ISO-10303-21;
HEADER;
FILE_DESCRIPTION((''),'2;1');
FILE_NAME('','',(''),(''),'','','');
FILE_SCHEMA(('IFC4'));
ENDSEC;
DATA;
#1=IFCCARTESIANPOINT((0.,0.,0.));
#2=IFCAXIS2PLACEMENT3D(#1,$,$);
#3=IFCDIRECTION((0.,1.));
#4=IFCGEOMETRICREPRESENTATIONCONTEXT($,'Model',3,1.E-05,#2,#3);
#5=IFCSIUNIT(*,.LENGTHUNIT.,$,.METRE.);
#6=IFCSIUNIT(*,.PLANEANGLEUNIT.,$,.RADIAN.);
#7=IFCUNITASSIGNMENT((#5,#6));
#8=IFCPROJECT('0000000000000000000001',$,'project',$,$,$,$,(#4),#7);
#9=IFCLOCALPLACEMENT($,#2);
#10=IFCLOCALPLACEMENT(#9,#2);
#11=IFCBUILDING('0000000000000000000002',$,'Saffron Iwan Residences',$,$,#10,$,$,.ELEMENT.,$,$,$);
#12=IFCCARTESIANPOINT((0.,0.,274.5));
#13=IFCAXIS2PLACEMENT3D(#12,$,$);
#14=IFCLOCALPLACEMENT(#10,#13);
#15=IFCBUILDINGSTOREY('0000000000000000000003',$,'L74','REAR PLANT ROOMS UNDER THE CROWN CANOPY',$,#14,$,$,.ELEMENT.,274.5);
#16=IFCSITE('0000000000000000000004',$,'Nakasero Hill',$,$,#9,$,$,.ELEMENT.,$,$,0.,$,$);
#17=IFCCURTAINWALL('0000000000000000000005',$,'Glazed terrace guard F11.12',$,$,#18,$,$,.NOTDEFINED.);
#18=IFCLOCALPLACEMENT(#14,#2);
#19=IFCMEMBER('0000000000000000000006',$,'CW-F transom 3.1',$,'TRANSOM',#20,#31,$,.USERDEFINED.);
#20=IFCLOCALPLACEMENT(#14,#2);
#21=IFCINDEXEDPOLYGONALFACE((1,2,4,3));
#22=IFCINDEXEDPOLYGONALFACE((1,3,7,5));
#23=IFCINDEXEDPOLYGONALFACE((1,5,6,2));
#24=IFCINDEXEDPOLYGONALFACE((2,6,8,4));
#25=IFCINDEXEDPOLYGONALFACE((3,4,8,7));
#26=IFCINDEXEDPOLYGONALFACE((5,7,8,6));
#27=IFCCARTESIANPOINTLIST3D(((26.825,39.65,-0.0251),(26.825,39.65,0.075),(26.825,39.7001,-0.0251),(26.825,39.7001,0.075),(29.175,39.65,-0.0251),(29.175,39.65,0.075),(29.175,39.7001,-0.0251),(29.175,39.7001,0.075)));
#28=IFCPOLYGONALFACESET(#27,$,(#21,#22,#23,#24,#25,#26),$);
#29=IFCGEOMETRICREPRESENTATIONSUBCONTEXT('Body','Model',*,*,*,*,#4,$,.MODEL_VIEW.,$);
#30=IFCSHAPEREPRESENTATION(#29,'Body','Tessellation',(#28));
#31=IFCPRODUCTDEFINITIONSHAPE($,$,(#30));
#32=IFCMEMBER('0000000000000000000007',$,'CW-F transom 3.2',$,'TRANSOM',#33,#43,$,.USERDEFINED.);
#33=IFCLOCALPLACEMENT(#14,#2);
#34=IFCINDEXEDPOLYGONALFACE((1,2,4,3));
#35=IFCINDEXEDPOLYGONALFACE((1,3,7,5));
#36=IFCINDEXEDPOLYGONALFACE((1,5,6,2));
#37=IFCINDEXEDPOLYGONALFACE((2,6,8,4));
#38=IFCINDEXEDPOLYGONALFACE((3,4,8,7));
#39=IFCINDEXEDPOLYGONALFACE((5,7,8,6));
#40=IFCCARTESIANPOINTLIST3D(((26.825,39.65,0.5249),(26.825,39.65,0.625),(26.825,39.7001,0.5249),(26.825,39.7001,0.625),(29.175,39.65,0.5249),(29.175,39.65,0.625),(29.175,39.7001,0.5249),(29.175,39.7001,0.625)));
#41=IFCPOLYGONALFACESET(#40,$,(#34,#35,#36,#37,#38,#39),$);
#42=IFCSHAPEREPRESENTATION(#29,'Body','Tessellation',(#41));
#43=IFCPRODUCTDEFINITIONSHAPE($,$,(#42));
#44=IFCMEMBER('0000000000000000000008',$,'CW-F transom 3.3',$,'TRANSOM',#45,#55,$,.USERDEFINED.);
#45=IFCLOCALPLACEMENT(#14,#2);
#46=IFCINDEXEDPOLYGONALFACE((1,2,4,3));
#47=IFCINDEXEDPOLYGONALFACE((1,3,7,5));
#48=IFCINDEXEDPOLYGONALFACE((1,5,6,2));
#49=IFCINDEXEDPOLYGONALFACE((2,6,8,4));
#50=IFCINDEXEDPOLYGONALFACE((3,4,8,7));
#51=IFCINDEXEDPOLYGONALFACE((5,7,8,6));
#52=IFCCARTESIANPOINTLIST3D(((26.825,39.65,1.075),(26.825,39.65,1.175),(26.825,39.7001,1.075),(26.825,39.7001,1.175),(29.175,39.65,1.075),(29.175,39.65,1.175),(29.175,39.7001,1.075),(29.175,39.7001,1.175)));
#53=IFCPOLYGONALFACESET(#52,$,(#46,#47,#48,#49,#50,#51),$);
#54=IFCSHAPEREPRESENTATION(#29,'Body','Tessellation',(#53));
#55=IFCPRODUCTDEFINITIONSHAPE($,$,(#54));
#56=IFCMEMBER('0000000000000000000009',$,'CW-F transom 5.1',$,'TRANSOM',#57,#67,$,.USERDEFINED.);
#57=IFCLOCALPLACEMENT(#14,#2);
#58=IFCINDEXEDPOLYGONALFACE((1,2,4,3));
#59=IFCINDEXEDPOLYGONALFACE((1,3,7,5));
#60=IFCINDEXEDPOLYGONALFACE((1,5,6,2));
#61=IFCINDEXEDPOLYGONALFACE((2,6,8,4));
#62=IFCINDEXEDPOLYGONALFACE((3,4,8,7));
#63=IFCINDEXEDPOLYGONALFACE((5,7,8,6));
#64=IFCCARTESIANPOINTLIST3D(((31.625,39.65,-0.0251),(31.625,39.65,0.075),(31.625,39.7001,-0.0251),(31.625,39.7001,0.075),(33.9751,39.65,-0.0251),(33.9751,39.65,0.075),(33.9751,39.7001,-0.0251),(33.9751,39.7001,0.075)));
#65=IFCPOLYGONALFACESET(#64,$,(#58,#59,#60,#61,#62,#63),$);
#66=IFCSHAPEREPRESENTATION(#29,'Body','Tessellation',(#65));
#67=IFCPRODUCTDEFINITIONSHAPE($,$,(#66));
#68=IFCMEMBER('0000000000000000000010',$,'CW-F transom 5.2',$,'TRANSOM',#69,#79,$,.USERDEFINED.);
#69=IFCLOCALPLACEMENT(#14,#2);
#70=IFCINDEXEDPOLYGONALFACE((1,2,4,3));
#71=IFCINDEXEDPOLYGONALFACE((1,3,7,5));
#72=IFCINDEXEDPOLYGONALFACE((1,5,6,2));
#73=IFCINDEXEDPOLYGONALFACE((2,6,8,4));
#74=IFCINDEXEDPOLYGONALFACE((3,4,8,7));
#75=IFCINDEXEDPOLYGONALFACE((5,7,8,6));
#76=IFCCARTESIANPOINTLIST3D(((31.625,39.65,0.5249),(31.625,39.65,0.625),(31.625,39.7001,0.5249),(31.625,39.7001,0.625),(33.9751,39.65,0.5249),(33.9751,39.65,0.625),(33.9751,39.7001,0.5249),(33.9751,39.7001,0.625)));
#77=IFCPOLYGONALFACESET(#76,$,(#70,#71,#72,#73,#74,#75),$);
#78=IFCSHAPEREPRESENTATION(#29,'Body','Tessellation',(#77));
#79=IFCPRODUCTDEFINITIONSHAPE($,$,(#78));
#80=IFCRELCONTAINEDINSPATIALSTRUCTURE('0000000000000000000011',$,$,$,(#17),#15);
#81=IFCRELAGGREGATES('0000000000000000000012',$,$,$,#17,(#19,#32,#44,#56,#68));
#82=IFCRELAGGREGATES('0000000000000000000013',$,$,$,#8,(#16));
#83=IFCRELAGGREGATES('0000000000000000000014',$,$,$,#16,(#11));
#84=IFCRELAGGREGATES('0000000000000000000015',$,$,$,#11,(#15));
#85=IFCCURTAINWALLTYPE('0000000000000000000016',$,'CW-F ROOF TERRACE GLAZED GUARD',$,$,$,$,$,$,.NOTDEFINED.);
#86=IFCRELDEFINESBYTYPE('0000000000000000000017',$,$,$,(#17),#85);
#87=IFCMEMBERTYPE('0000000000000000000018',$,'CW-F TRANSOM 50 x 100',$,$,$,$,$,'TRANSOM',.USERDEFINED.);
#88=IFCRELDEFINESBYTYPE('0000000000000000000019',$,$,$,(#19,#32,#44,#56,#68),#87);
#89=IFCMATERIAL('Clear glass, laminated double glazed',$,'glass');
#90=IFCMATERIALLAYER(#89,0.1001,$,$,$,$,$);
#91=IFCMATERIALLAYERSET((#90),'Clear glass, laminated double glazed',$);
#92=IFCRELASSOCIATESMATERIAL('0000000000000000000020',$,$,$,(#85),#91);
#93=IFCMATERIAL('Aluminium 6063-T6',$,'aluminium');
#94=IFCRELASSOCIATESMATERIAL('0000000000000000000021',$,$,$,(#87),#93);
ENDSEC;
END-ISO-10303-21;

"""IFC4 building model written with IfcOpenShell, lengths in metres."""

from ifc_helpers import new_model, si_unit, direction, frame, origin, origin_2d, place, context, subcontext, project, spatial, rectangle, extrude, source, transform, mapped, material, layer, layer_set, material_profile, profile_set, type_object, element, aggregate, save


model = new_model("IFC4")

# Units and contexts
model_context = context("Model", 3, precision=1e-05, world=origin(), true_north=direction((0.0, 1.0)))
body_context = subcontext(model_context, "Body", "Model", "MODEL_VIEW")
ifc_project = project(units=[si_unit("LENGTHUNIT", "METRE"), si_unit("PLANEANGLEUNIT", "RADIAN")], contexts=[model_context])

# Site, building, storey
site_placement = place(None, origin())
site = spatial("IfcSite", under=ifc_project, at=site_placement, Name="Nakasero Hill", CompositionType="ELEMENT", RefElevation=0.0)
building_placement = place(site_placement, origin())
building = spatial("IfcBuilding", under=site, at=building_placement, Name="Saffron Iwan Residences", CompositionType="ELEMENT")
storey_placement = place(building_placement, frame((0.0, 0.0, 274.5)))
storey = spatial("IfcBuildingStorey", under=building, at=storey_placement, Name="L74", Description="REAR PLANT ROOMS UNDER THE CROWN CANOPY", CompositionType="ELEMENT", Elevation=274.5)

# Curtain wall, members
ifc_material_1 = material(Name="Clear glass, laminated double glazed", Category="glass")
ifc_layer_1 = layer(ifc_material_1, 0.1001)
ifc_layer_set_1 = layer_set([ifc_layer_1], Name="Clear glass, laminated double glazed")
curtain_wall_type = type_object("IfcCurtainWallType", Name="CW-F ROOF TERRACE GLAZED GUARD", PredefinedType="NOTDEFINED", material=ifc_layer_set_1)
curtain_wall_placement = place(storey_placement, origin())
curtain_wall = element("IfcCurtainWall", 1, at=curtain_wall_placement, inside=storey, type_object=curtain_wall_type, Name="Glazed terrace guard F11.12", PredefinedType="NOTDEFINED")
ifc_material_2 = material(Name="Aluminium 6063-T6", Category="aluminium")
ifc_material_profile_1 = material_profile(ifc_material_2, rectangle(XDim=0.05, YDim=0.1001, at=origin_2d()), Name="CW-F TRANSOM 50 x 100")
ifc_profile_set_1 = profile_set([ifc_material_profile_1], Name="Aluminium 6063-T6")
member_type_1 = type_object("IfcMemberType", Name="CW-F TRANSOM 50 x 100", ElementType="TRANSOM", PredefinedType="USERDEFINED", material=ifc_profile_set_1)
shared_shape_1 = source(origin(), body_context, "Body", "SweptSolid", [
    extrude(rectangle(XDim=0.05, YDim=0.1001, at=origin_2d()), origin(), (0.0, 0.0, 1.0), 2.3501),
])
member_1_placement = place(storey_placement, frame((26.825, 39.675, 0.0249), z_axis=(1.0, 0.0, 0.0), x_axis=(0.0, 1.0, 0.0)))
member_1 = element("IfcMember", 2, at=member_1_placement, type_object=member_type_1, Name="CW-F transom 3.1", ObjectType="TRANSOM", PredefinedType="USERDEFINED", context=body_context, shape_type="MappedRepresentation", body=[
    mapped(shared_shape_1, transform((0.0, 0.0, 0.0))),
])
member_2_placement = place(storey_placement, frame((26.825, 39.675, 0.575), z_axis=(1.0, 0.0, 0.0), x_axis=(0.0, 1.0, 0.0)))
member_2 = element("IfcMember", 3, at=member_2_placement, type_object=member_type_1, Name="CW-F transom 3.2", ObjectType="TRANSOM", PredefinedType="USERDEFINED", context=body_context, shape_type="MappedRepresentation", body=[
    mapped(shared_shape_1, transform((0.0, 0.0, 0.0))),
])
member_3_placement = place(storey_placement, frame((26.825, 39.675, 1.125), z_axis=(1.0, 0.0, 0.0), x_axis=(0.0, 1.0, 0.0)))
member_3 = element("IfcMember", 4, at=member_3_placement, type_object=member_type_1, Name="CW-F transom 3.3", ObjectType="TRANSOM", PredefinedType="USERDEFINED", context=body_context, shape_type="MappedRepresentation", body=[
    mapped(shared_shape_1, transform((0.0, 0.0, 0.0))),
])
member_4_placement = place(storey_placement, frame((31.625, 39.675, 0.0249), z_axis=(1.0, 0.0, 0.0), x_axis=(0.0, 1.0, 0.0)))
member_4 = element("IfcMember", 5, at=member_4_placement, type_object=member_type_1, Name="CW-F transom 5.1", ObjectType="TRANSOM", PredefinedType="USERDEFINED", context=body_context, shape_type="MappedRepresentation", body=[
    mapped(shared_shape_1, transform((0.0, 0.0, 0.0))),
])
member_5_placement = place(storey_placement, frame((31.625, 39.675, 0.575), z_axis=(1.0, 0.0, 0.0), x_axis=(0.0, 1.0, 0.0)))
member_5 = element("IfcMember", 6, at=member_5_placement, type_object=member_type_1, Name="CW-F transom 5.2", ObjectType="TRANSOM", PredefinedType="USERDEFINED", context=body_context, shape_type="MappedRepresentation", body=[
    mapped(shared_shape_1, transform((0.0, 0.0, 0.0))),
])

aggregate(curtain_wall, [member_1, member_2, member_3, member_4, member_5])

save(model, "model.ifc")
